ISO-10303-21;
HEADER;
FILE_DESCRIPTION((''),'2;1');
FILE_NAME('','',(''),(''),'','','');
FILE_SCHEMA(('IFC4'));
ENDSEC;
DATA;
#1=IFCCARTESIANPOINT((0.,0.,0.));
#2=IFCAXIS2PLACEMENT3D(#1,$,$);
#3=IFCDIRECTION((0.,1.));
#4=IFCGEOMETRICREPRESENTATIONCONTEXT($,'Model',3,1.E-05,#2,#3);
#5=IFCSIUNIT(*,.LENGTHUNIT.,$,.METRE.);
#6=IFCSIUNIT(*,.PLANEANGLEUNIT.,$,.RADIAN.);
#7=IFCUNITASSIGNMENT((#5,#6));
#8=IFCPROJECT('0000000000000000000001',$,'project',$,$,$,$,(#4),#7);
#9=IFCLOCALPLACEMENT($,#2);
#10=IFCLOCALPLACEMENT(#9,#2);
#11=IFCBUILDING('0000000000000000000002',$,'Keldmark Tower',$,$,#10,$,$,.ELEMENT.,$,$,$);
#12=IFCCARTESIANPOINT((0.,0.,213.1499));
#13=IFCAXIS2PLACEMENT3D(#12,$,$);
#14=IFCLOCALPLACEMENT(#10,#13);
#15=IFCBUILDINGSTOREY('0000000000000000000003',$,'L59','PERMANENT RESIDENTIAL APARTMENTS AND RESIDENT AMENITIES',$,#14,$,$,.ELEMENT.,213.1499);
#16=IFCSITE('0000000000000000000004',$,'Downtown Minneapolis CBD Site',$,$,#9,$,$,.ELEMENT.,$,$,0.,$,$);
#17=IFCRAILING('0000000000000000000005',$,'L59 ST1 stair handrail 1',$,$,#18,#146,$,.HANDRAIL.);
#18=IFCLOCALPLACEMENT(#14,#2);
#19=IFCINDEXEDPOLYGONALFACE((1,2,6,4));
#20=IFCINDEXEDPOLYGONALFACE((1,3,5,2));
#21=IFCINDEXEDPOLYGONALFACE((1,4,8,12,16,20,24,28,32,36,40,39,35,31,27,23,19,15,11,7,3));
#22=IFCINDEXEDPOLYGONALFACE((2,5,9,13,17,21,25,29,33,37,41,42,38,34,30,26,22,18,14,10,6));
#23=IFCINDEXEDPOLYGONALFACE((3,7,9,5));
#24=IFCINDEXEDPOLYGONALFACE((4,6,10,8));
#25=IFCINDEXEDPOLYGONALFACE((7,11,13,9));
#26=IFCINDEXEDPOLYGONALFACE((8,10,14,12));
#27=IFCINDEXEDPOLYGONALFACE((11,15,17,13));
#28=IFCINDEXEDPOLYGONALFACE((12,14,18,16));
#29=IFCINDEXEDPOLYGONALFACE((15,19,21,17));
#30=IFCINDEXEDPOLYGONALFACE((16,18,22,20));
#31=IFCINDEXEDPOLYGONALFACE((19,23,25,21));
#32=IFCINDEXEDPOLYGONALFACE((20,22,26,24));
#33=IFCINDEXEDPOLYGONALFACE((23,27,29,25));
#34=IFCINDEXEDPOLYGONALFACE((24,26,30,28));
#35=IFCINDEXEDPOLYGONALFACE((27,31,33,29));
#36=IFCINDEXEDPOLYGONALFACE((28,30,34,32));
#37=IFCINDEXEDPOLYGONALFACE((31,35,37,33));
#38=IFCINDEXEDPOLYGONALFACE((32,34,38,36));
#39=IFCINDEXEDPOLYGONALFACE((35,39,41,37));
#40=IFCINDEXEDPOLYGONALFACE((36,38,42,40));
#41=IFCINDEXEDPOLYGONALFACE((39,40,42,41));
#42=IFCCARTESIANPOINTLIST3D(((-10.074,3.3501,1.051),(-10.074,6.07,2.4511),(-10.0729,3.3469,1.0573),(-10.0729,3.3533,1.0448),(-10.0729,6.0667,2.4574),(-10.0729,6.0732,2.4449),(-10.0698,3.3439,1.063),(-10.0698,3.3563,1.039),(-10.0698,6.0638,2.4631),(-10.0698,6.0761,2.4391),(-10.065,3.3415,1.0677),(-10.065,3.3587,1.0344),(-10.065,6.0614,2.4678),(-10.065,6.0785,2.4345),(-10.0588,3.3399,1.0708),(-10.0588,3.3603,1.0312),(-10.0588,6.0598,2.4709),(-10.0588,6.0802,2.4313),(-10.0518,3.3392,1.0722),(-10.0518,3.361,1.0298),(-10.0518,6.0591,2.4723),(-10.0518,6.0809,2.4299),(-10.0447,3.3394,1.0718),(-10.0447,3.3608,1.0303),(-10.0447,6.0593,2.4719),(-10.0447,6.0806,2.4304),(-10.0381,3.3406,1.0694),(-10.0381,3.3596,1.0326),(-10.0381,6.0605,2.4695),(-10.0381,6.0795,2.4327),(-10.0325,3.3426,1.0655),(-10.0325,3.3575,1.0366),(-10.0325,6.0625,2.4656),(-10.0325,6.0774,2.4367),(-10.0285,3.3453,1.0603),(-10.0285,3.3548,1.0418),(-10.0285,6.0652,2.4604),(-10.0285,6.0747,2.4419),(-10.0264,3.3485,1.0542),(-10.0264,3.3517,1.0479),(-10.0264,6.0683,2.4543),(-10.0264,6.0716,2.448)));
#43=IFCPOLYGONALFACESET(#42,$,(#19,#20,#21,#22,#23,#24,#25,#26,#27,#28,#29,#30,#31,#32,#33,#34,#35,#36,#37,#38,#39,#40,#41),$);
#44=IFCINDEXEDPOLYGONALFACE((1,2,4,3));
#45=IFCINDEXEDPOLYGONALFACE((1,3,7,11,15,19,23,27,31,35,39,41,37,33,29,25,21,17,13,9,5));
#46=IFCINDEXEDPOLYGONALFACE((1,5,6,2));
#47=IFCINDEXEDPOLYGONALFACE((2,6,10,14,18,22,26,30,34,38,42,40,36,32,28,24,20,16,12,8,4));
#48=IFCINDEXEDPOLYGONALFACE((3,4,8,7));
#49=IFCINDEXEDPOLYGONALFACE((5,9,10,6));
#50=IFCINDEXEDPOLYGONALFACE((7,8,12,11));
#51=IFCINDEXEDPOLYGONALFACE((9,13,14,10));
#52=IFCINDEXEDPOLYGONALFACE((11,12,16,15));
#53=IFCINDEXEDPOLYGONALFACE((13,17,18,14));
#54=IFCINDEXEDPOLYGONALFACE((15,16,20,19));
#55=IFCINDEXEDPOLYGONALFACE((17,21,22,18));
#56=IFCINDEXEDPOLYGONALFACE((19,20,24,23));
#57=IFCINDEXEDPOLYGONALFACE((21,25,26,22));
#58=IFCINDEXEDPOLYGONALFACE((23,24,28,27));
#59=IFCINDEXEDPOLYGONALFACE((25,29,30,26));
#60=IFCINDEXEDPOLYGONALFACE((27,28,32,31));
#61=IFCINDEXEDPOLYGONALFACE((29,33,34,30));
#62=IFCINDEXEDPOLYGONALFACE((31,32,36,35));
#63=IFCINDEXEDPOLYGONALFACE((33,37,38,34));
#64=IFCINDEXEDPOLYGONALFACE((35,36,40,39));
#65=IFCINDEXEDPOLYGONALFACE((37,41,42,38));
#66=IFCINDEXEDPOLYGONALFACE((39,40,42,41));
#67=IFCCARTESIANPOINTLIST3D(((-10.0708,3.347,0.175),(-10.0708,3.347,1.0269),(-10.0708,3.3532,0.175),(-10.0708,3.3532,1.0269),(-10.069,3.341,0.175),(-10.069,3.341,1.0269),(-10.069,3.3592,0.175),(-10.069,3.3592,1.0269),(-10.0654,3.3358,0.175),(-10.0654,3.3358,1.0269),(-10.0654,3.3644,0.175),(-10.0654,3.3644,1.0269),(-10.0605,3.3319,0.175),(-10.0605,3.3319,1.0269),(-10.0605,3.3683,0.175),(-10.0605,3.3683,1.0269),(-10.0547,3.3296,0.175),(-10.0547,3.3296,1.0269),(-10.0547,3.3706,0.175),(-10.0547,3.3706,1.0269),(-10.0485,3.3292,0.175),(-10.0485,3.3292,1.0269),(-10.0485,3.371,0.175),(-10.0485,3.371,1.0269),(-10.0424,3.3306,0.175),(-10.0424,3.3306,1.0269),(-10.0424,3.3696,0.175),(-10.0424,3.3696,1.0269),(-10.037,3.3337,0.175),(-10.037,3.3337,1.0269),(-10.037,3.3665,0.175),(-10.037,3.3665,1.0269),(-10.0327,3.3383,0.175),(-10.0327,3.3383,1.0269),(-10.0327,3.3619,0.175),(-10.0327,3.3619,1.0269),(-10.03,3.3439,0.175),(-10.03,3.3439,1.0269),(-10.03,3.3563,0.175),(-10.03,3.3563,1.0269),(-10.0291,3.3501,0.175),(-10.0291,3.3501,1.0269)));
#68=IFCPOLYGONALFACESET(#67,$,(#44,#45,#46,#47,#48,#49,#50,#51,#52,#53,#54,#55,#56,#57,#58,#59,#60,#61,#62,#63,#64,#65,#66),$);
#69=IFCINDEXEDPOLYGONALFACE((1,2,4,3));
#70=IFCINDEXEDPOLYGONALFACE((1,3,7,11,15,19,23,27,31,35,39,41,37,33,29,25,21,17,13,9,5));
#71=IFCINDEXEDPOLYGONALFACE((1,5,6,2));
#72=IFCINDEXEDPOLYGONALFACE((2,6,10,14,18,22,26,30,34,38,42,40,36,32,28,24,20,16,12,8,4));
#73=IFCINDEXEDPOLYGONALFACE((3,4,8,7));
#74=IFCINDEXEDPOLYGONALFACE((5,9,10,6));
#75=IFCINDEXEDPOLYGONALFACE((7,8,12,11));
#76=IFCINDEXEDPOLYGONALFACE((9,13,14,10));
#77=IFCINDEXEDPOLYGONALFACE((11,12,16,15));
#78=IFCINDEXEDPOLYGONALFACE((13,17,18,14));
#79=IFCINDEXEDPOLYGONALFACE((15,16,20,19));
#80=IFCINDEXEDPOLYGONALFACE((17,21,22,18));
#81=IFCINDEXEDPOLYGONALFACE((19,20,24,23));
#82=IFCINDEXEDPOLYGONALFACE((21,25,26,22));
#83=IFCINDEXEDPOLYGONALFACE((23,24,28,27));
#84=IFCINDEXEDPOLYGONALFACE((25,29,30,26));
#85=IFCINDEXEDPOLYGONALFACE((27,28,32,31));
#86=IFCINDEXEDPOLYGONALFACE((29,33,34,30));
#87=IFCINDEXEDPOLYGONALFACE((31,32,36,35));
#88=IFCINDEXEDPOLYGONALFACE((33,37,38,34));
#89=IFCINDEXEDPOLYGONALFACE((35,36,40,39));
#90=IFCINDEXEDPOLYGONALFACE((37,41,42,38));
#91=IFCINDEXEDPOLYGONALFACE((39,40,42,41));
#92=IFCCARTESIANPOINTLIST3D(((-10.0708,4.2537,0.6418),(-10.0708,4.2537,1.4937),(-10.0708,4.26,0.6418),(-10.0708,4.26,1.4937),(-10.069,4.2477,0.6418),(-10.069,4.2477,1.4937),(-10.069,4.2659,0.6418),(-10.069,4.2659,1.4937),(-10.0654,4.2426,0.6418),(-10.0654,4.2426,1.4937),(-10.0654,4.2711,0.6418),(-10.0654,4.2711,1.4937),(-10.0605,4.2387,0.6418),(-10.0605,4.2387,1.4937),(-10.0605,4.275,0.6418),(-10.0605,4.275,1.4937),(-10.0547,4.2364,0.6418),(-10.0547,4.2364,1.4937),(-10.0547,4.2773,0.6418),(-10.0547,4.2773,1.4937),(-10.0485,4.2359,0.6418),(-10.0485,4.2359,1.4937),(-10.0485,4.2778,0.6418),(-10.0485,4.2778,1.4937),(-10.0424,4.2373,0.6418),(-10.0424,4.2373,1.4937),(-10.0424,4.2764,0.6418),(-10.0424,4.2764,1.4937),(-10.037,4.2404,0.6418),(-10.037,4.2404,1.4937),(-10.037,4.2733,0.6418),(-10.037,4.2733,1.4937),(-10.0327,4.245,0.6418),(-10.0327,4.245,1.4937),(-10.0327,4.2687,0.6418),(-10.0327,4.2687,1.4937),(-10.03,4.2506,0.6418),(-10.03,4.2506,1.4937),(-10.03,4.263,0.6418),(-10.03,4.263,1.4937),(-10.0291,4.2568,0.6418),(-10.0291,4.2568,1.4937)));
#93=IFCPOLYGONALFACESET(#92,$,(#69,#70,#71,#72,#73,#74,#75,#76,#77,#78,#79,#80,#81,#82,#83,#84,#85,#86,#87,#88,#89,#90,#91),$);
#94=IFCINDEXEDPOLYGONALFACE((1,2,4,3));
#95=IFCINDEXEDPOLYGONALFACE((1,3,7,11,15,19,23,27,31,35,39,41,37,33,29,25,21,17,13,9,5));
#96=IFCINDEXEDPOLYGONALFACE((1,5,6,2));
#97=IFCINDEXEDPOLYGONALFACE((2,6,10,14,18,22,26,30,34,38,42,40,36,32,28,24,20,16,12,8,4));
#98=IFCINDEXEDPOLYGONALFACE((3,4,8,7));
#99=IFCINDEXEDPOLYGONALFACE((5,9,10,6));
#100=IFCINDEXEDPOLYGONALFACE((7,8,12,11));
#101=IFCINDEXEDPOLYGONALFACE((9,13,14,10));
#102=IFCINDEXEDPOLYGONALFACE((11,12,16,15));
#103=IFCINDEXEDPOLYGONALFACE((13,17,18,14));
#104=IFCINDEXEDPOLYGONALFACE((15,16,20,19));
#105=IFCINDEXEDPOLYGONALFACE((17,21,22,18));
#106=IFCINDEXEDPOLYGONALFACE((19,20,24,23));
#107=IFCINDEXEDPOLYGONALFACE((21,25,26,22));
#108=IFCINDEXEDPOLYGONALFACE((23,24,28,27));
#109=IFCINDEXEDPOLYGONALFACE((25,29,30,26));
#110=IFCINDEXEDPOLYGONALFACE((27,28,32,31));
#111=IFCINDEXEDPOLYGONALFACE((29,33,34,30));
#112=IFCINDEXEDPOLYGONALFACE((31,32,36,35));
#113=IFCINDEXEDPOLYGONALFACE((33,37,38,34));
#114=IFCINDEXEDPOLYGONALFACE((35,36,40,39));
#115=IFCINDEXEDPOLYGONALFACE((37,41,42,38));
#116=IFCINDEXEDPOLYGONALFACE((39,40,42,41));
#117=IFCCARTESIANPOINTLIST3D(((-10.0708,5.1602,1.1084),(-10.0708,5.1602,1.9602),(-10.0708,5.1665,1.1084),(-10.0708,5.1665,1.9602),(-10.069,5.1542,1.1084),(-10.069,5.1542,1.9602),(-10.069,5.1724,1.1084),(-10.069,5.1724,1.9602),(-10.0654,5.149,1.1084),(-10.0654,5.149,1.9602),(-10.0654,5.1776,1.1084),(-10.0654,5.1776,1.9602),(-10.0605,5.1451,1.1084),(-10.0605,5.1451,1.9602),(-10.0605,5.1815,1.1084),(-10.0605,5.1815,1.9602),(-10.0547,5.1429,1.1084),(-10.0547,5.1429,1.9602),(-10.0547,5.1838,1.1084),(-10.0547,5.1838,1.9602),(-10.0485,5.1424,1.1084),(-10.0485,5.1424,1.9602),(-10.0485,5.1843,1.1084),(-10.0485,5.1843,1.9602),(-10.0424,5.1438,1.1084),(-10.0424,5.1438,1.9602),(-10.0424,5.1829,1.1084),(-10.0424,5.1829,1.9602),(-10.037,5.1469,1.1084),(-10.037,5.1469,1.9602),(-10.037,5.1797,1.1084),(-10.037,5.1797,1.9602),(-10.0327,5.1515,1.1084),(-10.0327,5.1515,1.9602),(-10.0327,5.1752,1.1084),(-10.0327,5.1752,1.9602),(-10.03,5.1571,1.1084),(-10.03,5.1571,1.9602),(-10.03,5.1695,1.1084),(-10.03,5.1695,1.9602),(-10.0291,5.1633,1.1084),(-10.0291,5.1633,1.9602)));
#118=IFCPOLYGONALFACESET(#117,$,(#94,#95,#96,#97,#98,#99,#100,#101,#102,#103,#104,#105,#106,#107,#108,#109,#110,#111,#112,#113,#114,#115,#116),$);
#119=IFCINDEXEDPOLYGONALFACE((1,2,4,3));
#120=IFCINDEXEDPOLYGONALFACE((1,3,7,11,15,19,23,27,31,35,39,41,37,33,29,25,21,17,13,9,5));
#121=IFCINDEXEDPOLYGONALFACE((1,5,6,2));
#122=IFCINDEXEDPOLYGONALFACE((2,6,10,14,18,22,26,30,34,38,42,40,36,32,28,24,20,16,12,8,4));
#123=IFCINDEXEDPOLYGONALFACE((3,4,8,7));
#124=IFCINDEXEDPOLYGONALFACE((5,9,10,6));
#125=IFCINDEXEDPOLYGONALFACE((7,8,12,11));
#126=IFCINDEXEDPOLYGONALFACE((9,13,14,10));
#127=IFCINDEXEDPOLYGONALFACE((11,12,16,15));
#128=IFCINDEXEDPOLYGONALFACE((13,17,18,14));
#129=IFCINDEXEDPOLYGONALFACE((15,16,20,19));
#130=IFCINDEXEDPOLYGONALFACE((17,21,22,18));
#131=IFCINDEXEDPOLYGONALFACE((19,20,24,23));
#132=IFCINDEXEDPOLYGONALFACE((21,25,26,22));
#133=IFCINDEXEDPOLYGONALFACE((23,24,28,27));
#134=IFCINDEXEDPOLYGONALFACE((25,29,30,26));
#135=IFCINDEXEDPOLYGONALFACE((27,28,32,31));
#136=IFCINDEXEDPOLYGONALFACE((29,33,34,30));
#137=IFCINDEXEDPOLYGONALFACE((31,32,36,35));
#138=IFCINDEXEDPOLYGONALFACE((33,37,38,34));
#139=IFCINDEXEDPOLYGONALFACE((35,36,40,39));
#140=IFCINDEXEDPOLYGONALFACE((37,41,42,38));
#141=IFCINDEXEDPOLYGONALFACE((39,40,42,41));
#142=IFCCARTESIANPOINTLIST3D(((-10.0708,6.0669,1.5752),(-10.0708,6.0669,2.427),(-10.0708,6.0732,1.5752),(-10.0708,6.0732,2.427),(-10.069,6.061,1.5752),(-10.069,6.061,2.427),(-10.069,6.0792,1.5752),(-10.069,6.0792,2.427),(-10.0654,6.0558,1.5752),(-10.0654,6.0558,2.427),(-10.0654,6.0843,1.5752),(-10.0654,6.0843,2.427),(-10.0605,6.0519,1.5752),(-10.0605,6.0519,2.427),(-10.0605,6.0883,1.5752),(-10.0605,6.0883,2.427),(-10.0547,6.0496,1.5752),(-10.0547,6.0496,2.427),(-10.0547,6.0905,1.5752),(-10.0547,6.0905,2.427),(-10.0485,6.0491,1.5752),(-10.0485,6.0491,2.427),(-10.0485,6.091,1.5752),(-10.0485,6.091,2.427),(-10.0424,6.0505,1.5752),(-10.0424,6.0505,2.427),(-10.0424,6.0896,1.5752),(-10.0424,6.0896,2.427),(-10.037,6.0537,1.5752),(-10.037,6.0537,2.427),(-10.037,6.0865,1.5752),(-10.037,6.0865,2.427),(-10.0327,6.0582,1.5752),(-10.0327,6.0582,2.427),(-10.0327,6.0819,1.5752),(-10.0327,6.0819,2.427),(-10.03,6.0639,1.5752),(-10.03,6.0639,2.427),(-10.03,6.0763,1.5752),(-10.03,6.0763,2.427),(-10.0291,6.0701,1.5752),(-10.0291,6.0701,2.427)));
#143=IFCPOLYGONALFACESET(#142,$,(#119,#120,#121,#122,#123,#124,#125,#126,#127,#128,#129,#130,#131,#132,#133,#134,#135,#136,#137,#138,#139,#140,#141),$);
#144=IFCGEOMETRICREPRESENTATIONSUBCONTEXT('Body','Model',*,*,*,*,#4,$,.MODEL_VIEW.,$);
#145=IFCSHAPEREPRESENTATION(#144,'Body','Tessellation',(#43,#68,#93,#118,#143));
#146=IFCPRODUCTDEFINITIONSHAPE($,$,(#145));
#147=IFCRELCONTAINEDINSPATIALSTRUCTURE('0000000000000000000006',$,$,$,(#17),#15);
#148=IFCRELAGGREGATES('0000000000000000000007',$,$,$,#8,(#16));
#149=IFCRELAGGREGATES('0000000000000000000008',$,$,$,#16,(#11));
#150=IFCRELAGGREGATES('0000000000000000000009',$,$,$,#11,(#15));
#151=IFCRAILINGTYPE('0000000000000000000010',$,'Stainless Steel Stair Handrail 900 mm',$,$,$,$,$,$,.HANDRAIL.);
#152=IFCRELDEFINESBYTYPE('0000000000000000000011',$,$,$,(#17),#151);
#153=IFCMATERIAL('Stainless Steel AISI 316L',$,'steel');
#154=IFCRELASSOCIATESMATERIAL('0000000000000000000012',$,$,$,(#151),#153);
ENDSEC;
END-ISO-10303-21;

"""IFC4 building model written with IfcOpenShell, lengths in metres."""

from ifc_helpers import new_model, si_unit, direction, frame, origin, origin_2d, place, context, subcontext, project, spatial, circle, extrude, material, type_object, element, save


model = new_model("IFC4")

# Units and contexts
model_context = context("Model", 3, precision=1e-05, world=origin(), true_north=direction((0.0, 1.0)))
body_context = subcontext(model_context, "Body", "Model", "MODEL_VIEW")
ifc_project = project(units=[si_unit("LENGTHUNIT", "METRE"), si_unit("PLANEANGLEUNIT", "RADIAN")], contexts=[model_context])

# Site, building, storey
site_placement = place(None, origin())
site = spatial("IfcSite", under=ifc_project, at=site_placement, Name="Downtown Minneapolis CBD Site", CompositionType="ELEMENT", RefElevation=0.0)
building_placement = place(site_placement, origin())
building = spatial("IfcBuilding", under=site, at=building_placement, Name="Keldmark Tower", CompositionType="ELEMENT")
storey_placement = place(building_placement, frame((0.0, 0.0, 213.1499)))
storey = spatial("IfcBuildingStorey", under=building, at=storey_placement, Name="L59", Description="PERMANENT RESIDENTIAL APARTMENTS AND RESIDENT AMENITIES", CompositionType="ELEMENT", Elevation=213.1499)

# Railing
ifc_material_1 = material(Name="Stainless Steel AISI 316L", Category="steel")
railing_type = type_object("IfcRailingType", Name="Stainless Steel Stair Handrail 900 mm", PredefinedType="HANDRAIL", material=ifc_material_1)
railing_placement = place(storey_placement, frame((-10.05, 3.3501, 0.175)))
element("IfcRailing", 1, at=railing_placement, inside=storey, type_object=railing_type, Name="L59 ST1 stair handrail 1", PredefinedType="HANDRAIL", context=body_context, shape_type="SweptSolid", body=[
    extrude(circle(Radius=0.0239, at=origin_2d()), frame((0.0, 0.0, 0.876), z_axis=(0.0, 0.889114, 0.457685), x_axis=(-1.0, 0.0, 0.0)), (0.0, 0.0, 1.0), 3.0591),
    extrude(circle(Radius=0.021, at=origin_2d()), origin(), (0.0, 0.0, 1.0), 0.8518),
    extrude(circle(Radius=0.021, at=origin_2d()), frame((0.0, 0.9067, 0.4668)), (0.0, 0.0, 1.0), 0.8518),
    extrude(circle(Radius=0.021, at=origin_2d()), frame((0.0, 1.8132, 0.9333)), (0.0, 0.0, 1.0), 0.8518),
    extrude(circle(Radius=0.021, at=origin_2d()), frame((0.0, 2.72, 1.4001)), (0.0, 0.0, 1.0), 0.8518),
])

save(model, "model.ifc")
